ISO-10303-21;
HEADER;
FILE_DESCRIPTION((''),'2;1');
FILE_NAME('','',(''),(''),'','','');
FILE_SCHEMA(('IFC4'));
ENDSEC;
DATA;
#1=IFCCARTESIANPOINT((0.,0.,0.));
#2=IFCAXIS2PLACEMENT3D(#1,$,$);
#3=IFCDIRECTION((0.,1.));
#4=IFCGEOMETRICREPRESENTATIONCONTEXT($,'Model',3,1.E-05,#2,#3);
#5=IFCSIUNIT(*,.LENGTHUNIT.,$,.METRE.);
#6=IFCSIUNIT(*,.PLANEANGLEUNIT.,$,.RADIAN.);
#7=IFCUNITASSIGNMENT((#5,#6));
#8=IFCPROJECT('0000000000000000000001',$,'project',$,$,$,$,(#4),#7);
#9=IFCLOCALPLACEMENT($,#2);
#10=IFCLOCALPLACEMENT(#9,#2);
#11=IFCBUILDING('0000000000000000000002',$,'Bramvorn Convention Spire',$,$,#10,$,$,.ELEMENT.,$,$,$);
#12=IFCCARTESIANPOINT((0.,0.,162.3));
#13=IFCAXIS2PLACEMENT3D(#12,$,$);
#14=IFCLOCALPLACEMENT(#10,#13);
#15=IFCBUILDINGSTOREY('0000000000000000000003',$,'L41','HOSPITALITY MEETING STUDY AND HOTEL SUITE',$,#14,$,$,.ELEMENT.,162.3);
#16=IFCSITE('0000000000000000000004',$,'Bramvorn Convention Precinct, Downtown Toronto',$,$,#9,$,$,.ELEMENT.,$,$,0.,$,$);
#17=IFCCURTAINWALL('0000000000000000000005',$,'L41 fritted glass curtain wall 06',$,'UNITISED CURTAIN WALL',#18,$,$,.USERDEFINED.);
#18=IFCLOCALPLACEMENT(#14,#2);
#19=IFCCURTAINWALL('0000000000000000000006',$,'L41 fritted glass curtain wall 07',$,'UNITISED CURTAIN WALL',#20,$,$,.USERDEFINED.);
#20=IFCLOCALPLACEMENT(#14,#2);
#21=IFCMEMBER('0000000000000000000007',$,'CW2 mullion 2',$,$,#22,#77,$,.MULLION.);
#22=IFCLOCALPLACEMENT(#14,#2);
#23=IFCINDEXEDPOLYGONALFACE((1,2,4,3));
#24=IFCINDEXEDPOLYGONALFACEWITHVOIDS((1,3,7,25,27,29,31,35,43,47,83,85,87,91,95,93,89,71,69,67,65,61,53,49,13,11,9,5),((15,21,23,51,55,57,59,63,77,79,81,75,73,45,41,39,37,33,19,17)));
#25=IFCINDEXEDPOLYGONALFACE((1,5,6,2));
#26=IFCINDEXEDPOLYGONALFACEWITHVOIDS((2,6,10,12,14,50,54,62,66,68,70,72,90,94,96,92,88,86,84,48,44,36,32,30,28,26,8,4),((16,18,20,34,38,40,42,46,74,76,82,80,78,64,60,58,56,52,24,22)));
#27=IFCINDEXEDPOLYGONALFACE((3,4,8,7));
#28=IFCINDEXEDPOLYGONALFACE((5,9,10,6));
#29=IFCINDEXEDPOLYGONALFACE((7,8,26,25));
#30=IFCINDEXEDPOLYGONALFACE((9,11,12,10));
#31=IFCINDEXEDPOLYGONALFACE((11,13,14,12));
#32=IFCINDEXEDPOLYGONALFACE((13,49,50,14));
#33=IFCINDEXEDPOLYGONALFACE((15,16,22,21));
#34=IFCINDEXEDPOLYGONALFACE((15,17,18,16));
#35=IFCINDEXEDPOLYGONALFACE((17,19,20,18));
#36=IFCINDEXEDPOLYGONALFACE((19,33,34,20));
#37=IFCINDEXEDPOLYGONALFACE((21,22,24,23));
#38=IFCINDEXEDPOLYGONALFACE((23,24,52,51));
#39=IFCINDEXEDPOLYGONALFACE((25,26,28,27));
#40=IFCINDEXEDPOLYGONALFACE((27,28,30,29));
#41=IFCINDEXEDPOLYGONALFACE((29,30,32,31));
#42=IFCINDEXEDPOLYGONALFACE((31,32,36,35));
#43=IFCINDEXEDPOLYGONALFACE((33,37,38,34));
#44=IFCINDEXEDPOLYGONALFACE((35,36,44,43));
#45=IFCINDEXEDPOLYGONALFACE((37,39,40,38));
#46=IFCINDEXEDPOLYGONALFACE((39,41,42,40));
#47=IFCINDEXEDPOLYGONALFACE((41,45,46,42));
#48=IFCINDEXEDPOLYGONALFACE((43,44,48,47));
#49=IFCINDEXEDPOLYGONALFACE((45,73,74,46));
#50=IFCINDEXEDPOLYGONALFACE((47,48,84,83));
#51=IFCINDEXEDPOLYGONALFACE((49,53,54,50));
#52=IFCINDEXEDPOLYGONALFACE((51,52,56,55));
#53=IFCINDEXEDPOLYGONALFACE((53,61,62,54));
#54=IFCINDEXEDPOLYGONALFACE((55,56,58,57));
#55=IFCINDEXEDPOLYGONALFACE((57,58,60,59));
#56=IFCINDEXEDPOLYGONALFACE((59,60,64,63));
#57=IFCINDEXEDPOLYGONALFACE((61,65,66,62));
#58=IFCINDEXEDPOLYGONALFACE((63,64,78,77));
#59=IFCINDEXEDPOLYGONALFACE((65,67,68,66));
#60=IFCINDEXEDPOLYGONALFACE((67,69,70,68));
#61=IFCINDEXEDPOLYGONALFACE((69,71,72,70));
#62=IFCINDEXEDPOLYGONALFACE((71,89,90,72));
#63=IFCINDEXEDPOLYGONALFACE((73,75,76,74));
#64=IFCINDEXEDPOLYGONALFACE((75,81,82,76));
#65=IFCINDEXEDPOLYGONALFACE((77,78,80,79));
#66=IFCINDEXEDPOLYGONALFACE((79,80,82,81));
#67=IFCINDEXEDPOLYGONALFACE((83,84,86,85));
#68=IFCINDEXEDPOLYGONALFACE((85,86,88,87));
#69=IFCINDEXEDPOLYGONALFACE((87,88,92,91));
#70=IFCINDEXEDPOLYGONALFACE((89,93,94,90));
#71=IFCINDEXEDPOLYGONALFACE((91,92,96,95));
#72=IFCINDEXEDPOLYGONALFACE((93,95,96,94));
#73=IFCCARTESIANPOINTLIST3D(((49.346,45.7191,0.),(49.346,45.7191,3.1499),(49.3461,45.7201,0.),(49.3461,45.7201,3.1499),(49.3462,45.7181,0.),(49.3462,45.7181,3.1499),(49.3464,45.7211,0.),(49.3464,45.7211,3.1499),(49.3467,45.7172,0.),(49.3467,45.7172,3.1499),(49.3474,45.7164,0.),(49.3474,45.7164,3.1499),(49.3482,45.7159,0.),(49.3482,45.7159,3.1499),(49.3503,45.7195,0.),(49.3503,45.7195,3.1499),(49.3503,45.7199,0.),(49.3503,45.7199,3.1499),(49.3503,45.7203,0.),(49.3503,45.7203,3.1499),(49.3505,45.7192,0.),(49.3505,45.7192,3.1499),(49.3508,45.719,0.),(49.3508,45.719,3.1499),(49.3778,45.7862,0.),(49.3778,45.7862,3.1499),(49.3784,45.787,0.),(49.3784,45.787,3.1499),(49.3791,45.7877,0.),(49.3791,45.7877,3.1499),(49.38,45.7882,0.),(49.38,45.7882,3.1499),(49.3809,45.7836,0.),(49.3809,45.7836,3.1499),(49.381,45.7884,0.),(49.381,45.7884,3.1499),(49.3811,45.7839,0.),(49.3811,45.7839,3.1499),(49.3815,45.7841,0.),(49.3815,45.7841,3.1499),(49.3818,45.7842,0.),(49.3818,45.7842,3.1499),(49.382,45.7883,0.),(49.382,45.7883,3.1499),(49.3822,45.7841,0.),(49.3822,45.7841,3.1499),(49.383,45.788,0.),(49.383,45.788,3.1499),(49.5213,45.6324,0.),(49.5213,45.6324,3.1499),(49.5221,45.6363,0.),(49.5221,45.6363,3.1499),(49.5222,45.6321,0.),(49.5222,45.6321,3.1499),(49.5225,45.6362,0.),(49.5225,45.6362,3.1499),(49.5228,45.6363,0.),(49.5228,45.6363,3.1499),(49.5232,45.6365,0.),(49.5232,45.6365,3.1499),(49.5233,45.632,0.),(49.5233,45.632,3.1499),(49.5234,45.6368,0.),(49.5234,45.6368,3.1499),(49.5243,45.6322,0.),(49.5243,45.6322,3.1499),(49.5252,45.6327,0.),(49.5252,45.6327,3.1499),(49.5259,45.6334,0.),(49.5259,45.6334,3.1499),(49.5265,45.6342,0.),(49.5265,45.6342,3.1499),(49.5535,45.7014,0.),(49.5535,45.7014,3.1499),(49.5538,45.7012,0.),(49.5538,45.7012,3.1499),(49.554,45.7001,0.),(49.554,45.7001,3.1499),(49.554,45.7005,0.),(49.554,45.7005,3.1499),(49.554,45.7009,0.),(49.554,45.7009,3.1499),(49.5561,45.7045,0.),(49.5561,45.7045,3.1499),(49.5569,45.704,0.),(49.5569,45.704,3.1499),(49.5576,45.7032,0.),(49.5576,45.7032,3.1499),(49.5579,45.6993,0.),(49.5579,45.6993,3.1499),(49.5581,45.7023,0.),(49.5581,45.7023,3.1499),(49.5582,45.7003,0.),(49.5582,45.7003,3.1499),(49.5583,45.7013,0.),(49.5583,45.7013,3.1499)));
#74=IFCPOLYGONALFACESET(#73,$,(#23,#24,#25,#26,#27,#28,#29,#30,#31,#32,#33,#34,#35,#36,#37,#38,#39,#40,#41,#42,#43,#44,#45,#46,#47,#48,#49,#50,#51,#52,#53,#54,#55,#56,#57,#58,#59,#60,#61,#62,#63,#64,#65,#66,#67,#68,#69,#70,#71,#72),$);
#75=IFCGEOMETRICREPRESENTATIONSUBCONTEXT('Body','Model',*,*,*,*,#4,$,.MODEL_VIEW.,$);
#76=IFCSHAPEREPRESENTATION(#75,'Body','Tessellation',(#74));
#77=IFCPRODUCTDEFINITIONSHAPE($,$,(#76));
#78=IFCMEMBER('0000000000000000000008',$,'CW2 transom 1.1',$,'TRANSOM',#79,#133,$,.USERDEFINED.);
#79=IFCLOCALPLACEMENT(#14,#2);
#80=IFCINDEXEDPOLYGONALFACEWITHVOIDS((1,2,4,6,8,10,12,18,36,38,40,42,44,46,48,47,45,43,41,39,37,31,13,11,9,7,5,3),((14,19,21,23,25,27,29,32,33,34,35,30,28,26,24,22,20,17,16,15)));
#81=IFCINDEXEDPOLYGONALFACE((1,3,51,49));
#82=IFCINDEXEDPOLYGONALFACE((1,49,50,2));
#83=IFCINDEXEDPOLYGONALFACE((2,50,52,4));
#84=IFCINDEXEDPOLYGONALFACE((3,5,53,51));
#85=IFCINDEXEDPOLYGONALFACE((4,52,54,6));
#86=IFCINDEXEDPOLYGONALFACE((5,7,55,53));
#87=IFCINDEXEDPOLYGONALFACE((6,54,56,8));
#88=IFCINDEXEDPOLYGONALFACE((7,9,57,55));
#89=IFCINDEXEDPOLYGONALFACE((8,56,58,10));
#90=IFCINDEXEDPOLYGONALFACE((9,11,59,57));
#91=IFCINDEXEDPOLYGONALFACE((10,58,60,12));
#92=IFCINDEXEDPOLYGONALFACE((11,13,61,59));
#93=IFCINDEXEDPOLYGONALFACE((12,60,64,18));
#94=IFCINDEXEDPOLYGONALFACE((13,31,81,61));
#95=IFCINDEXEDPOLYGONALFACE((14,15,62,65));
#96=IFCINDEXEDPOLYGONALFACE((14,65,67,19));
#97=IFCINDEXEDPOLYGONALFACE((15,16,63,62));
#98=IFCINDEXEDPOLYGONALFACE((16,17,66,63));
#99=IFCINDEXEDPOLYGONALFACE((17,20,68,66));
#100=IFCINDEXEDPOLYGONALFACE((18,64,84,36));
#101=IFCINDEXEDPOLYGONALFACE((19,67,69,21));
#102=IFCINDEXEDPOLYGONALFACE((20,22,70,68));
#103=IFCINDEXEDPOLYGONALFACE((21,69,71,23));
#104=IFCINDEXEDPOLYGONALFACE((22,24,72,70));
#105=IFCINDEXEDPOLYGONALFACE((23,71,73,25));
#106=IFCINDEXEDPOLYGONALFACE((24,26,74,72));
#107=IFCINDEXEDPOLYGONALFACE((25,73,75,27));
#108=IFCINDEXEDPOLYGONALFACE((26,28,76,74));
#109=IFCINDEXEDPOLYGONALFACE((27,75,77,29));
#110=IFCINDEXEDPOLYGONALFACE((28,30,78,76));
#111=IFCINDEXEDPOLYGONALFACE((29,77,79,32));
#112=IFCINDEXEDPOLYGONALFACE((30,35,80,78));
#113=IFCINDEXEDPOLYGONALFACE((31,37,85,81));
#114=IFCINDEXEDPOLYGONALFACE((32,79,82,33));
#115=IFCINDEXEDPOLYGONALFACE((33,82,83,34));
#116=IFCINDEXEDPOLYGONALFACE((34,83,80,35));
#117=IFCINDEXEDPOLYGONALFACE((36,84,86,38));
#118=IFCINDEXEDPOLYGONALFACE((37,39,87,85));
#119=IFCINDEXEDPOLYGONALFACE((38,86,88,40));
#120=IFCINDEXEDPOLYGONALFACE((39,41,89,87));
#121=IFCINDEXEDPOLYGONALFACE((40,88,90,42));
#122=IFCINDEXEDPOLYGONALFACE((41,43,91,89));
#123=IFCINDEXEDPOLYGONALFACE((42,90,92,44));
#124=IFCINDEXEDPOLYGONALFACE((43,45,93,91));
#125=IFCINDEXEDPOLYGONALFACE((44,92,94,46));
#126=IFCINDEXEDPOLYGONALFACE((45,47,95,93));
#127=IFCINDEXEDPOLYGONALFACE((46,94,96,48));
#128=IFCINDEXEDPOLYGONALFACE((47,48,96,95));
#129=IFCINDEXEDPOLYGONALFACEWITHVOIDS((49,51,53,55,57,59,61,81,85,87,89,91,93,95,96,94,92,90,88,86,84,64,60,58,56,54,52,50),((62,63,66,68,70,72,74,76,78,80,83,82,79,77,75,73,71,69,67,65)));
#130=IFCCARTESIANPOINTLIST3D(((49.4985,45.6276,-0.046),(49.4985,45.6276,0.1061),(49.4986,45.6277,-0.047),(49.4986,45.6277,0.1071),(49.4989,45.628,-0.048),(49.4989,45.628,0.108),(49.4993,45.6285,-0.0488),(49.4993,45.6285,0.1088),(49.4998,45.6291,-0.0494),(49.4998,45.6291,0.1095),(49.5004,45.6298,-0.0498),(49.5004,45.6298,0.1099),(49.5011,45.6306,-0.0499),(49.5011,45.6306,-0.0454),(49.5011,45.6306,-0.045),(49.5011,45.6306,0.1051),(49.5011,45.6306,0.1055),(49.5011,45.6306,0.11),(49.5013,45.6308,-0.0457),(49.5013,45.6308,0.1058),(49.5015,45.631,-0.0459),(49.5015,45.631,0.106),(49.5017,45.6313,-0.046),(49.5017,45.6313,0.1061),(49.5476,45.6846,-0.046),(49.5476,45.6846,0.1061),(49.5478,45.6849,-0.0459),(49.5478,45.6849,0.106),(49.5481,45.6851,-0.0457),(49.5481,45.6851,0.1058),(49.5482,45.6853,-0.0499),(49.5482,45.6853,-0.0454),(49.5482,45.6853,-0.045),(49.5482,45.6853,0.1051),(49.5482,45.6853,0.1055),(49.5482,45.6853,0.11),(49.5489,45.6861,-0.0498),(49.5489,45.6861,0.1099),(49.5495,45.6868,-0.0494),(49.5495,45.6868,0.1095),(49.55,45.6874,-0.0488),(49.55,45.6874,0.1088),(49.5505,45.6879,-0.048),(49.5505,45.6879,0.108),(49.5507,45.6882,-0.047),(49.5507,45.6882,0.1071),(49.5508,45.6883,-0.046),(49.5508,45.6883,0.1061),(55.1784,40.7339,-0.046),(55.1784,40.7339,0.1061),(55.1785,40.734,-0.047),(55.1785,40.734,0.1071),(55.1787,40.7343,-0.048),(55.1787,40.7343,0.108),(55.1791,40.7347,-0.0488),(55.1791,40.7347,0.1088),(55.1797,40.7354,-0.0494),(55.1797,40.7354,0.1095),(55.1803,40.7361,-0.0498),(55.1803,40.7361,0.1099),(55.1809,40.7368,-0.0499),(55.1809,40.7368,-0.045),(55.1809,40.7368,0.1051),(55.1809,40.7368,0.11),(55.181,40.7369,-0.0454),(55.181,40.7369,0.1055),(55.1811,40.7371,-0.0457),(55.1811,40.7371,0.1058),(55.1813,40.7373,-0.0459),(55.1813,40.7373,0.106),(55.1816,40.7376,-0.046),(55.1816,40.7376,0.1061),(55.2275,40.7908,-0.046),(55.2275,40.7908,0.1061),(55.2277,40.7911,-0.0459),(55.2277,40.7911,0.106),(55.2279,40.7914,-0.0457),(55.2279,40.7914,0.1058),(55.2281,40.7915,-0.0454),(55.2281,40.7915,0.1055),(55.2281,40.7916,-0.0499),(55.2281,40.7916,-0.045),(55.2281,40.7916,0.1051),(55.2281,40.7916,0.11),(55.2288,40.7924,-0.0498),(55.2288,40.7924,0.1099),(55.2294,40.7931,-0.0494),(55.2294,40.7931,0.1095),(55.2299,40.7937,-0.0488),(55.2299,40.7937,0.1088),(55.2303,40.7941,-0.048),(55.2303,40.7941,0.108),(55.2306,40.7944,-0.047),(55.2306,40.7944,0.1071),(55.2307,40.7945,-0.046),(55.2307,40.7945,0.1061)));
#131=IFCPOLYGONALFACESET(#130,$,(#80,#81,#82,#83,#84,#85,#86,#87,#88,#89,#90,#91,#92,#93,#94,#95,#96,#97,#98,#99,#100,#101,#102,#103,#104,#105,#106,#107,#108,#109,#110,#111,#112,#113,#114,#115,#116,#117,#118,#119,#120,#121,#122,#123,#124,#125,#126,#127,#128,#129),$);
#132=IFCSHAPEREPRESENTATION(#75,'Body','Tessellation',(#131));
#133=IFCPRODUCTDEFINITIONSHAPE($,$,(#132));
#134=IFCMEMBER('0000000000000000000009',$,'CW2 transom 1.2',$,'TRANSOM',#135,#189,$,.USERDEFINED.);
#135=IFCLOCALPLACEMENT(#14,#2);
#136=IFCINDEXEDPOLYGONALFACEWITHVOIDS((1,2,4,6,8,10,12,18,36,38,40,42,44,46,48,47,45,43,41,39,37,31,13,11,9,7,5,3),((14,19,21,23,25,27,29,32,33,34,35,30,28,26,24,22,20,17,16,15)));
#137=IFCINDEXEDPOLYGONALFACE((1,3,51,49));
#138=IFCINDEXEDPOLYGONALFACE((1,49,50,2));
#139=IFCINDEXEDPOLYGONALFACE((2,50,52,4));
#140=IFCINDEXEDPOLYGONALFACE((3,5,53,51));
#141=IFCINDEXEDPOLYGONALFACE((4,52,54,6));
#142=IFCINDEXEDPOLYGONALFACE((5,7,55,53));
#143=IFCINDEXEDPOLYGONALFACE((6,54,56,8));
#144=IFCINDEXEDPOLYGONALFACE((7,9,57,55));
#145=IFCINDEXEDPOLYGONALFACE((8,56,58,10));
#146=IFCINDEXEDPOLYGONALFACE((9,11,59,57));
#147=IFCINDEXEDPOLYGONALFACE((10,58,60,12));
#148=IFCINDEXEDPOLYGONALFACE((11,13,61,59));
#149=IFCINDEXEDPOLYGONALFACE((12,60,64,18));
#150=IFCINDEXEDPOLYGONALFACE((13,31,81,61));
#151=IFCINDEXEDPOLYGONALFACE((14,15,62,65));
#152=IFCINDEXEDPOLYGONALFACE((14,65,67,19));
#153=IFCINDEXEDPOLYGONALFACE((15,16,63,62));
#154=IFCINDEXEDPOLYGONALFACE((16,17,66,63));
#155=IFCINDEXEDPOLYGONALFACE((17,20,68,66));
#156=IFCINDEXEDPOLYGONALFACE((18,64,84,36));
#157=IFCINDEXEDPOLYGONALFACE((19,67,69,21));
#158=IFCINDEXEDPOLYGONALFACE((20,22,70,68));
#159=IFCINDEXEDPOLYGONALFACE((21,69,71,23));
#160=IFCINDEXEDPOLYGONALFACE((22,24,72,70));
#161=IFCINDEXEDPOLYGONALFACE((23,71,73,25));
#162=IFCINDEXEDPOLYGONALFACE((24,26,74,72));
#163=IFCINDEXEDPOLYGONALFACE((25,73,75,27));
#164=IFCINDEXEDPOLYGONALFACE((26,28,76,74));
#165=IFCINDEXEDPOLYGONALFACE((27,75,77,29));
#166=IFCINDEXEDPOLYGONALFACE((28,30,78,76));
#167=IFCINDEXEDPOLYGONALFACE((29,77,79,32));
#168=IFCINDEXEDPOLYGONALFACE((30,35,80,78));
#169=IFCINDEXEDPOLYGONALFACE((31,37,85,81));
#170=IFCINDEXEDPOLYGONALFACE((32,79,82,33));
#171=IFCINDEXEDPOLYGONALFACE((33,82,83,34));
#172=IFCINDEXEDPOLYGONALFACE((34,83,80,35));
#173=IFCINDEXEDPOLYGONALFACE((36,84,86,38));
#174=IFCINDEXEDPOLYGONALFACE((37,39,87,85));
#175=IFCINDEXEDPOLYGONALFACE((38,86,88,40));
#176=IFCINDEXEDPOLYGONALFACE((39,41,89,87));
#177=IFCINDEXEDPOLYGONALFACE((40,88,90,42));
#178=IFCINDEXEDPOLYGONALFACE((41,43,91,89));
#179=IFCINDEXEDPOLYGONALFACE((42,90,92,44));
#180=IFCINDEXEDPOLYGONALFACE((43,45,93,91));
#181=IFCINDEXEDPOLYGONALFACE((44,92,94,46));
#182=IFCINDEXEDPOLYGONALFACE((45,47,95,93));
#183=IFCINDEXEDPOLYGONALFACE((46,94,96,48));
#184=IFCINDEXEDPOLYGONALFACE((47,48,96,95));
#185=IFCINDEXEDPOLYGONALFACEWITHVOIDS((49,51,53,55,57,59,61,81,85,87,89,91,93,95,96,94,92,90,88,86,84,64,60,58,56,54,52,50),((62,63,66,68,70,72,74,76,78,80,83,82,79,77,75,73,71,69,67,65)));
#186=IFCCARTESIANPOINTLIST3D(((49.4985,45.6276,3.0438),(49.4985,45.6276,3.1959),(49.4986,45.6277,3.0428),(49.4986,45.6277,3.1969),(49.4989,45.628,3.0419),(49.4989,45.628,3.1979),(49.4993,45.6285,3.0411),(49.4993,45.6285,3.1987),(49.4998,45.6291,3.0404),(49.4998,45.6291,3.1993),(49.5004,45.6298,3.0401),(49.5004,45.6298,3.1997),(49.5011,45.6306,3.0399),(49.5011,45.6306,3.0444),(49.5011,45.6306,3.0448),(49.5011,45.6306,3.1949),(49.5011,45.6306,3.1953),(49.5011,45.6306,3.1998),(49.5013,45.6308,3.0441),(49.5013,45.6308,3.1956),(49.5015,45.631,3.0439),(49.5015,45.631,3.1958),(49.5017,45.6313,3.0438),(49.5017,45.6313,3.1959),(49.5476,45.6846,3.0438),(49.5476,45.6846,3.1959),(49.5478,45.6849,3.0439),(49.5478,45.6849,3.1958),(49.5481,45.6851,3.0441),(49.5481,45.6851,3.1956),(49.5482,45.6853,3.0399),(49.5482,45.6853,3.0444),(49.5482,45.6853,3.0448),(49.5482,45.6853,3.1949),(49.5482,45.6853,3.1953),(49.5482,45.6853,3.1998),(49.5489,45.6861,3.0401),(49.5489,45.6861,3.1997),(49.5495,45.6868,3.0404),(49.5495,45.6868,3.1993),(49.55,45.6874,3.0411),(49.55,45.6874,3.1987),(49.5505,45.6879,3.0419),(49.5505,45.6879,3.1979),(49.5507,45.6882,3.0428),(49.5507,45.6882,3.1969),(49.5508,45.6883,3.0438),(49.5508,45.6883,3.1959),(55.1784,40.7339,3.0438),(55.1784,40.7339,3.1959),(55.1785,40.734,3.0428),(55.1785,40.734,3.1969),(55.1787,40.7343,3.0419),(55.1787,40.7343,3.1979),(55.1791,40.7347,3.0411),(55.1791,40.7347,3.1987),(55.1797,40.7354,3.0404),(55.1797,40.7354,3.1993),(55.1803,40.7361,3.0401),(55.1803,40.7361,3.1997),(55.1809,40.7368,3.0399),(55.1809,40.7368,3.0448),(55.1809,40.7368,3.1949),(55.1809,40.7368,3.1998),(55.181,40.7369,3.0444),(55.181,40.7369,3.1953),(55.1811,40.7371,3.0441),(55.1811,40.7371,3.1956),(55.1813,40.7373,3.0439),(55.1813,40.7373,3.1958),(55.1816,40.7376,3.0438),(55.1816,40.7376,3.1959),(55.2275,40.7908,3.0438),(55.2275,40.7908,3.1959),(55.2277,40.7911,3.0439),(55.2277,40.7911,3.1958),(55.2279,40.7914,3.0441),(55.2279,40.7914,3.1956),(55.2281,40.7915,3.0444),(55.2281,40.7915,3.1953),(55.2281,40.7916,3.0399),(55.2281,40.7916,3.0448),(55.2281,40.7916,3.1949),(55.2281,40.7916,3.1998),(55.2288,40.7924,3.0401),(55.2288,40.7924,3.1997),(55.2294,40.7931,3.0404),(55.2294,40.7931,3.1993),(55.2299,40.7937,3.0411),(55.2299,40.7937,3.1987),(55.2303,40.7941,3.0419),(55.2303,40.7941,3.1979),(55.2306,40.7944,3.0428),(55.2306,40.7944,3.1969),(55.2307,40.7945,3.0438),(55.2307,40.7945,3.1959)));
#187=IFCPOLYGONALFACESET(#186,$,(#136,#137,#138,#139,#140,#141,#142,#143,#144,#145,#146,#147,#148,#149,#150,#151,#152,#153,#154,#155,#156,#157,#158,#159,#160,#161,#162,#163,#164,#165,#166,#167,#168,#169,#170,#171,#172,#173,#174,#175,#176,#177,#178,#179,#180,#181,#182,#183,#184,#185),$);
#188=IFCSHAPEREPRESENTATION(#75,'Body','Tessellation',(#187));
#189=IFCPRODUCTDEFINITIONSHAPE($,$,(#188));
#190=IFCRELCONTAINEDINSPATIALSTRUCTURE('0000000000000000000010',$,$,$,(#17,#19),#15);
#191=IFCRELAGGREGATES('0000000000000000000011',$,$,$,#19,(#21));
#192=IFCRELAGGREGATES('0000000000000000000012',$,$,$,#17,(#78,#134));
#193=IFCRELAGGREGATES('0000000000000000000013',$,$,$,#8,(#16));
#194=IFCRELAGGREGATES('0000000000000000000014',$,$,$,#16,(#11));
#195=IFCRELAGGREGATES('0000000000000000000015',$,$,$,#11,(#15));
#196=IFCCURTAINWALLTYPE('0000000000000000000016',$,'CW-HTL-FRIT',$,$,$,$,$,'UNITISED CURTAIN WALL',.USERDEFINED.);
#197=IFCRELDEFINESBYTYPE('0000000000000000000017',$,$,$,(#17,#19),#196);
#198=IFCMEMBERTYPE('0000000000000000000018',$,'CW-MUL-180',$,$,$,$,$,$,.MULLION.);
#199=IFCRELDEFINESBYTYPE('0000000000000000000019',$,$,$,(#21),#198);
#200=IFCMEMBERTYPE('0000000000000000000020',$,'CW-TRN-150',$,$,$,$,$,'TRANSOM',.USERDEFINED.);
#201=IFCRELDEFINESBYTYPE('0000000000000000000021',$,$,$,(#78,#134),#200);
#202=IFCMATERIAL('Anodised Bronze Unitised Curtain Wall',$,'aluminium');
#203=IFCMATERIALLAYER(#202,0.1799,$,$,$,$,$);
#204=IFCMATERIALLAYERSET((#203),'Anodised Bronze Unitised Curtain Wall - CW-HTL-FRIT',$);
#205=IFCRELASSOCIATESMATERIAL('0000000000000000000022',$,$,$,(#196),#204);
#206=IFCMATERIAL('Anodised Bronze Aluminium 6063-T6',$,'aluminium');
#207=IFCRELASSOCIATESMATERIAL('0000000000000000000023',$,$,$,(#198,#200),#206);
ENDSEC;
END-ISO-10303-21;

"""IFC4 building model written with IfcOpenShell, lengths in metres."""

from ifc_helpers import new_model, si_unit, direction, frame, origin, origin_2d, place, context, subcontext, project, spatial, hollow_rectangle, extrude, material, layer, layer_set, material_profile, profile_set, type_object, element, aggregate, save


model = new_model("IFC4")

# Units and contexts
model_context = context("Model", 3, precision=1e-05, world=origin(), true_north=direction((0.0, 1.0)))
body_context = subcontext(model_context, "Body", "Model", "MODEL_VIEW")
ifc_project = project(units=[si_unit("LENGTHUNIT", "METRE"), si_unit("PLANEANGLEUNIT", "RADIAN")], contexts=[model_context])

# Site, building, storey
site_placement = place(None, origin())
site = spatial("IfcSite", under=ifc_project, at=site_placement, Name="Bramvorn Convention Precinct, Downtown Toronto", CompositionType="ELEMENT", RefElevation=0.0)
building_placement = place(site_placement, origin())
building = spatial("IfcBuilding", under=site, at=building_placement, Name="Bramvorn Convention Spire", CompositionType="ELEMENT")
storey_placement = place(building_placement, frame((0.0, 0.0, 162.3)))
storey = spatial("IfcBuildingStorey", under=building, at=storey_placement, Name="L41", Description="HOSPITALITY MEETING STUDY AND HOTEL SUITE", CompositionType="ELEMENT", Elevation=162.3)

# Curtain wall
ifc_material_1 = material(Name="Anodised Bronze Unitised Curtain Wall", Category="aluminium")
ifc_layer_1 = layer(ifc_material_1, 0.1799)
ifc_layer_set_1 = layer_set([ifc_layer_1], Name="Anodised Bronze Unitised Curtain Wall - CW-HTL-FRIT")
curtain_wall_type = type_object("IfcCurtainWallType", Name="CW-HTL-FRIT", ElementType="UNITISED CURTAIN WALL", PredefinedType="USERDEFINED", material=ifc_layer_set_1)
curtain_wall_1_placement = place(storey_placement, origin())
curtain_wall_1 = element("IfcCurtainWall", 1, at=curtain_wall_1_placement, inside=storey, type_object=curtain_wall_type, Name="L41 fritted glass curtain wall 06", ObjectType="UNITISED CURTAIN WALL", PredefinedType="USERDEFINED")
ifc_material_2 = material(Name="Anodised Bronze Aluminium 6063-T6", Category="aluminium")
ifc_material_profile_1 = material_profile(ifc_material_2, hollow_rectangle(XDim=0.0801, YDim=0.2, WallThickness=0.0039, InnerFilletRadius=0.001, OuterFilletRadius=0.0039, at=origin_2d()))
ifc_profile_set_1 = profile_set([ifc_material_profile_1], Name="Anodised Bronze Aluminium 6063-T6 - CWM80X200")
member_type_1 = type_object("IfcMemberType", Name="CW-MUL-180", PredefinedType="MULLION", material=ifc_profile_set_1)

# Curtain wall, member
curtain_wall_2_placement = place(storey_placement, origin())
curtain_wall_2 = element("IfcCurtainWall", 2, at=curtain_wall_2_placement, inside=storey, type_object=curtain_wall_type, Name="L41 fritted glass curtain wall 07", ObjectType="UNITISED CURTAIN WALL", PredefinedType="USERDEFINED")
member_1_placement = place(storey_placement, frame((49.4521, 45.7102, 0.0), z_axis=(0.0, 0.0, 1.0), x_axis=(0.434477, 0.900683, 0.0)))
member_1 = element("IfcMember", 3, at=member_1_placement, type_object=member_type_1, Name="CW2 mullion 2", PredefinedType="MULLION", context=body_context, shape_type="SweptSolid", body=[
    extrude(hollow_rectangle(XDim=0.0801, YDim=0.2, WallThickness=0.0039, InnerFilletRadius=0.001, OuterFilletRadius=0.0039, at=origin_2d()), origin(), (0.0, 0.0, 1.0), 3.1499),
])
aggregate(curtain_wall_2, [member_1])

# Members
ifc_material_profile_2 = material_profile(ifc_material_2, hollow_rectangle(XDim=0.0801, YDim=0.1599, WallThickness=0.0039, InnerFilletRadius=0.001, OuterFilletRadius=0.0039, at=origin_2d()))
ifc_profile_set_2 = profile_set([ifc_material_profile_2], Name="Anodised Bronze Aluminium 6063-T6 - CWT80X160")
member_type_2 = type_object("IfcMemberType", Name="CW-TRN-150", ElementType="TRANSOM", PredefinedType="USERDEFINED", material=ifc_profile_set_2)
member_2_placement = place(storey_placement, frame((49.5247, 45.658, 0.03), z_axis=(0.757588, -0.652733, 0.0), x_axis=(0.652733, 0.757588, 0.0)))
member_2 = element("IfcMember", 4, at=member_2_placement, type_object=member_type_2, Name="CW2 transom 1.1", ObjectType="TRANSOM", PredefinedType="USERDEFINED", context=body_context, shape_type="SweptSolid", body=[
    extrude(hollow_rectangle(XDim=0.0801, YDim=0.1599, WallThickness=0.0039, InnerFilletRadius=0.001, OuterFilletRadius=0.0039, at=origin_2d()), origin(), (0.0, 0.0, 1.0), 7.4973),
])
member_3_placement = place(storey_placement, frame((49.5247, 45.658, 3.1199), z_axis=(0.757588, -0.652733, 0.0), x_axis=(0.652733, 0.757588, 0.0)))
member_3 = element("IfcMember", 5, at=member_3_placement, type_object=member_type_2, Name="CW2 transom 1.2", ObjectType="TRANSOM", PredefinedType="USERDEFINED", context=body_context, shape_type="SweptSolid", body=[
    extrude(hollow_rectangle(XDim=0.0801, YDim=0.1599, WallThickness=0.0039, InnerFilletRadius=0.001, OuterFilletRadius=0.0039, at=origin_2d()), origin(), (0.0, 0.0, 1.0), 7.4973),
])

aggregate(curtain_wall_1, [member_2, member_3])

save(model, "model.ifc")
